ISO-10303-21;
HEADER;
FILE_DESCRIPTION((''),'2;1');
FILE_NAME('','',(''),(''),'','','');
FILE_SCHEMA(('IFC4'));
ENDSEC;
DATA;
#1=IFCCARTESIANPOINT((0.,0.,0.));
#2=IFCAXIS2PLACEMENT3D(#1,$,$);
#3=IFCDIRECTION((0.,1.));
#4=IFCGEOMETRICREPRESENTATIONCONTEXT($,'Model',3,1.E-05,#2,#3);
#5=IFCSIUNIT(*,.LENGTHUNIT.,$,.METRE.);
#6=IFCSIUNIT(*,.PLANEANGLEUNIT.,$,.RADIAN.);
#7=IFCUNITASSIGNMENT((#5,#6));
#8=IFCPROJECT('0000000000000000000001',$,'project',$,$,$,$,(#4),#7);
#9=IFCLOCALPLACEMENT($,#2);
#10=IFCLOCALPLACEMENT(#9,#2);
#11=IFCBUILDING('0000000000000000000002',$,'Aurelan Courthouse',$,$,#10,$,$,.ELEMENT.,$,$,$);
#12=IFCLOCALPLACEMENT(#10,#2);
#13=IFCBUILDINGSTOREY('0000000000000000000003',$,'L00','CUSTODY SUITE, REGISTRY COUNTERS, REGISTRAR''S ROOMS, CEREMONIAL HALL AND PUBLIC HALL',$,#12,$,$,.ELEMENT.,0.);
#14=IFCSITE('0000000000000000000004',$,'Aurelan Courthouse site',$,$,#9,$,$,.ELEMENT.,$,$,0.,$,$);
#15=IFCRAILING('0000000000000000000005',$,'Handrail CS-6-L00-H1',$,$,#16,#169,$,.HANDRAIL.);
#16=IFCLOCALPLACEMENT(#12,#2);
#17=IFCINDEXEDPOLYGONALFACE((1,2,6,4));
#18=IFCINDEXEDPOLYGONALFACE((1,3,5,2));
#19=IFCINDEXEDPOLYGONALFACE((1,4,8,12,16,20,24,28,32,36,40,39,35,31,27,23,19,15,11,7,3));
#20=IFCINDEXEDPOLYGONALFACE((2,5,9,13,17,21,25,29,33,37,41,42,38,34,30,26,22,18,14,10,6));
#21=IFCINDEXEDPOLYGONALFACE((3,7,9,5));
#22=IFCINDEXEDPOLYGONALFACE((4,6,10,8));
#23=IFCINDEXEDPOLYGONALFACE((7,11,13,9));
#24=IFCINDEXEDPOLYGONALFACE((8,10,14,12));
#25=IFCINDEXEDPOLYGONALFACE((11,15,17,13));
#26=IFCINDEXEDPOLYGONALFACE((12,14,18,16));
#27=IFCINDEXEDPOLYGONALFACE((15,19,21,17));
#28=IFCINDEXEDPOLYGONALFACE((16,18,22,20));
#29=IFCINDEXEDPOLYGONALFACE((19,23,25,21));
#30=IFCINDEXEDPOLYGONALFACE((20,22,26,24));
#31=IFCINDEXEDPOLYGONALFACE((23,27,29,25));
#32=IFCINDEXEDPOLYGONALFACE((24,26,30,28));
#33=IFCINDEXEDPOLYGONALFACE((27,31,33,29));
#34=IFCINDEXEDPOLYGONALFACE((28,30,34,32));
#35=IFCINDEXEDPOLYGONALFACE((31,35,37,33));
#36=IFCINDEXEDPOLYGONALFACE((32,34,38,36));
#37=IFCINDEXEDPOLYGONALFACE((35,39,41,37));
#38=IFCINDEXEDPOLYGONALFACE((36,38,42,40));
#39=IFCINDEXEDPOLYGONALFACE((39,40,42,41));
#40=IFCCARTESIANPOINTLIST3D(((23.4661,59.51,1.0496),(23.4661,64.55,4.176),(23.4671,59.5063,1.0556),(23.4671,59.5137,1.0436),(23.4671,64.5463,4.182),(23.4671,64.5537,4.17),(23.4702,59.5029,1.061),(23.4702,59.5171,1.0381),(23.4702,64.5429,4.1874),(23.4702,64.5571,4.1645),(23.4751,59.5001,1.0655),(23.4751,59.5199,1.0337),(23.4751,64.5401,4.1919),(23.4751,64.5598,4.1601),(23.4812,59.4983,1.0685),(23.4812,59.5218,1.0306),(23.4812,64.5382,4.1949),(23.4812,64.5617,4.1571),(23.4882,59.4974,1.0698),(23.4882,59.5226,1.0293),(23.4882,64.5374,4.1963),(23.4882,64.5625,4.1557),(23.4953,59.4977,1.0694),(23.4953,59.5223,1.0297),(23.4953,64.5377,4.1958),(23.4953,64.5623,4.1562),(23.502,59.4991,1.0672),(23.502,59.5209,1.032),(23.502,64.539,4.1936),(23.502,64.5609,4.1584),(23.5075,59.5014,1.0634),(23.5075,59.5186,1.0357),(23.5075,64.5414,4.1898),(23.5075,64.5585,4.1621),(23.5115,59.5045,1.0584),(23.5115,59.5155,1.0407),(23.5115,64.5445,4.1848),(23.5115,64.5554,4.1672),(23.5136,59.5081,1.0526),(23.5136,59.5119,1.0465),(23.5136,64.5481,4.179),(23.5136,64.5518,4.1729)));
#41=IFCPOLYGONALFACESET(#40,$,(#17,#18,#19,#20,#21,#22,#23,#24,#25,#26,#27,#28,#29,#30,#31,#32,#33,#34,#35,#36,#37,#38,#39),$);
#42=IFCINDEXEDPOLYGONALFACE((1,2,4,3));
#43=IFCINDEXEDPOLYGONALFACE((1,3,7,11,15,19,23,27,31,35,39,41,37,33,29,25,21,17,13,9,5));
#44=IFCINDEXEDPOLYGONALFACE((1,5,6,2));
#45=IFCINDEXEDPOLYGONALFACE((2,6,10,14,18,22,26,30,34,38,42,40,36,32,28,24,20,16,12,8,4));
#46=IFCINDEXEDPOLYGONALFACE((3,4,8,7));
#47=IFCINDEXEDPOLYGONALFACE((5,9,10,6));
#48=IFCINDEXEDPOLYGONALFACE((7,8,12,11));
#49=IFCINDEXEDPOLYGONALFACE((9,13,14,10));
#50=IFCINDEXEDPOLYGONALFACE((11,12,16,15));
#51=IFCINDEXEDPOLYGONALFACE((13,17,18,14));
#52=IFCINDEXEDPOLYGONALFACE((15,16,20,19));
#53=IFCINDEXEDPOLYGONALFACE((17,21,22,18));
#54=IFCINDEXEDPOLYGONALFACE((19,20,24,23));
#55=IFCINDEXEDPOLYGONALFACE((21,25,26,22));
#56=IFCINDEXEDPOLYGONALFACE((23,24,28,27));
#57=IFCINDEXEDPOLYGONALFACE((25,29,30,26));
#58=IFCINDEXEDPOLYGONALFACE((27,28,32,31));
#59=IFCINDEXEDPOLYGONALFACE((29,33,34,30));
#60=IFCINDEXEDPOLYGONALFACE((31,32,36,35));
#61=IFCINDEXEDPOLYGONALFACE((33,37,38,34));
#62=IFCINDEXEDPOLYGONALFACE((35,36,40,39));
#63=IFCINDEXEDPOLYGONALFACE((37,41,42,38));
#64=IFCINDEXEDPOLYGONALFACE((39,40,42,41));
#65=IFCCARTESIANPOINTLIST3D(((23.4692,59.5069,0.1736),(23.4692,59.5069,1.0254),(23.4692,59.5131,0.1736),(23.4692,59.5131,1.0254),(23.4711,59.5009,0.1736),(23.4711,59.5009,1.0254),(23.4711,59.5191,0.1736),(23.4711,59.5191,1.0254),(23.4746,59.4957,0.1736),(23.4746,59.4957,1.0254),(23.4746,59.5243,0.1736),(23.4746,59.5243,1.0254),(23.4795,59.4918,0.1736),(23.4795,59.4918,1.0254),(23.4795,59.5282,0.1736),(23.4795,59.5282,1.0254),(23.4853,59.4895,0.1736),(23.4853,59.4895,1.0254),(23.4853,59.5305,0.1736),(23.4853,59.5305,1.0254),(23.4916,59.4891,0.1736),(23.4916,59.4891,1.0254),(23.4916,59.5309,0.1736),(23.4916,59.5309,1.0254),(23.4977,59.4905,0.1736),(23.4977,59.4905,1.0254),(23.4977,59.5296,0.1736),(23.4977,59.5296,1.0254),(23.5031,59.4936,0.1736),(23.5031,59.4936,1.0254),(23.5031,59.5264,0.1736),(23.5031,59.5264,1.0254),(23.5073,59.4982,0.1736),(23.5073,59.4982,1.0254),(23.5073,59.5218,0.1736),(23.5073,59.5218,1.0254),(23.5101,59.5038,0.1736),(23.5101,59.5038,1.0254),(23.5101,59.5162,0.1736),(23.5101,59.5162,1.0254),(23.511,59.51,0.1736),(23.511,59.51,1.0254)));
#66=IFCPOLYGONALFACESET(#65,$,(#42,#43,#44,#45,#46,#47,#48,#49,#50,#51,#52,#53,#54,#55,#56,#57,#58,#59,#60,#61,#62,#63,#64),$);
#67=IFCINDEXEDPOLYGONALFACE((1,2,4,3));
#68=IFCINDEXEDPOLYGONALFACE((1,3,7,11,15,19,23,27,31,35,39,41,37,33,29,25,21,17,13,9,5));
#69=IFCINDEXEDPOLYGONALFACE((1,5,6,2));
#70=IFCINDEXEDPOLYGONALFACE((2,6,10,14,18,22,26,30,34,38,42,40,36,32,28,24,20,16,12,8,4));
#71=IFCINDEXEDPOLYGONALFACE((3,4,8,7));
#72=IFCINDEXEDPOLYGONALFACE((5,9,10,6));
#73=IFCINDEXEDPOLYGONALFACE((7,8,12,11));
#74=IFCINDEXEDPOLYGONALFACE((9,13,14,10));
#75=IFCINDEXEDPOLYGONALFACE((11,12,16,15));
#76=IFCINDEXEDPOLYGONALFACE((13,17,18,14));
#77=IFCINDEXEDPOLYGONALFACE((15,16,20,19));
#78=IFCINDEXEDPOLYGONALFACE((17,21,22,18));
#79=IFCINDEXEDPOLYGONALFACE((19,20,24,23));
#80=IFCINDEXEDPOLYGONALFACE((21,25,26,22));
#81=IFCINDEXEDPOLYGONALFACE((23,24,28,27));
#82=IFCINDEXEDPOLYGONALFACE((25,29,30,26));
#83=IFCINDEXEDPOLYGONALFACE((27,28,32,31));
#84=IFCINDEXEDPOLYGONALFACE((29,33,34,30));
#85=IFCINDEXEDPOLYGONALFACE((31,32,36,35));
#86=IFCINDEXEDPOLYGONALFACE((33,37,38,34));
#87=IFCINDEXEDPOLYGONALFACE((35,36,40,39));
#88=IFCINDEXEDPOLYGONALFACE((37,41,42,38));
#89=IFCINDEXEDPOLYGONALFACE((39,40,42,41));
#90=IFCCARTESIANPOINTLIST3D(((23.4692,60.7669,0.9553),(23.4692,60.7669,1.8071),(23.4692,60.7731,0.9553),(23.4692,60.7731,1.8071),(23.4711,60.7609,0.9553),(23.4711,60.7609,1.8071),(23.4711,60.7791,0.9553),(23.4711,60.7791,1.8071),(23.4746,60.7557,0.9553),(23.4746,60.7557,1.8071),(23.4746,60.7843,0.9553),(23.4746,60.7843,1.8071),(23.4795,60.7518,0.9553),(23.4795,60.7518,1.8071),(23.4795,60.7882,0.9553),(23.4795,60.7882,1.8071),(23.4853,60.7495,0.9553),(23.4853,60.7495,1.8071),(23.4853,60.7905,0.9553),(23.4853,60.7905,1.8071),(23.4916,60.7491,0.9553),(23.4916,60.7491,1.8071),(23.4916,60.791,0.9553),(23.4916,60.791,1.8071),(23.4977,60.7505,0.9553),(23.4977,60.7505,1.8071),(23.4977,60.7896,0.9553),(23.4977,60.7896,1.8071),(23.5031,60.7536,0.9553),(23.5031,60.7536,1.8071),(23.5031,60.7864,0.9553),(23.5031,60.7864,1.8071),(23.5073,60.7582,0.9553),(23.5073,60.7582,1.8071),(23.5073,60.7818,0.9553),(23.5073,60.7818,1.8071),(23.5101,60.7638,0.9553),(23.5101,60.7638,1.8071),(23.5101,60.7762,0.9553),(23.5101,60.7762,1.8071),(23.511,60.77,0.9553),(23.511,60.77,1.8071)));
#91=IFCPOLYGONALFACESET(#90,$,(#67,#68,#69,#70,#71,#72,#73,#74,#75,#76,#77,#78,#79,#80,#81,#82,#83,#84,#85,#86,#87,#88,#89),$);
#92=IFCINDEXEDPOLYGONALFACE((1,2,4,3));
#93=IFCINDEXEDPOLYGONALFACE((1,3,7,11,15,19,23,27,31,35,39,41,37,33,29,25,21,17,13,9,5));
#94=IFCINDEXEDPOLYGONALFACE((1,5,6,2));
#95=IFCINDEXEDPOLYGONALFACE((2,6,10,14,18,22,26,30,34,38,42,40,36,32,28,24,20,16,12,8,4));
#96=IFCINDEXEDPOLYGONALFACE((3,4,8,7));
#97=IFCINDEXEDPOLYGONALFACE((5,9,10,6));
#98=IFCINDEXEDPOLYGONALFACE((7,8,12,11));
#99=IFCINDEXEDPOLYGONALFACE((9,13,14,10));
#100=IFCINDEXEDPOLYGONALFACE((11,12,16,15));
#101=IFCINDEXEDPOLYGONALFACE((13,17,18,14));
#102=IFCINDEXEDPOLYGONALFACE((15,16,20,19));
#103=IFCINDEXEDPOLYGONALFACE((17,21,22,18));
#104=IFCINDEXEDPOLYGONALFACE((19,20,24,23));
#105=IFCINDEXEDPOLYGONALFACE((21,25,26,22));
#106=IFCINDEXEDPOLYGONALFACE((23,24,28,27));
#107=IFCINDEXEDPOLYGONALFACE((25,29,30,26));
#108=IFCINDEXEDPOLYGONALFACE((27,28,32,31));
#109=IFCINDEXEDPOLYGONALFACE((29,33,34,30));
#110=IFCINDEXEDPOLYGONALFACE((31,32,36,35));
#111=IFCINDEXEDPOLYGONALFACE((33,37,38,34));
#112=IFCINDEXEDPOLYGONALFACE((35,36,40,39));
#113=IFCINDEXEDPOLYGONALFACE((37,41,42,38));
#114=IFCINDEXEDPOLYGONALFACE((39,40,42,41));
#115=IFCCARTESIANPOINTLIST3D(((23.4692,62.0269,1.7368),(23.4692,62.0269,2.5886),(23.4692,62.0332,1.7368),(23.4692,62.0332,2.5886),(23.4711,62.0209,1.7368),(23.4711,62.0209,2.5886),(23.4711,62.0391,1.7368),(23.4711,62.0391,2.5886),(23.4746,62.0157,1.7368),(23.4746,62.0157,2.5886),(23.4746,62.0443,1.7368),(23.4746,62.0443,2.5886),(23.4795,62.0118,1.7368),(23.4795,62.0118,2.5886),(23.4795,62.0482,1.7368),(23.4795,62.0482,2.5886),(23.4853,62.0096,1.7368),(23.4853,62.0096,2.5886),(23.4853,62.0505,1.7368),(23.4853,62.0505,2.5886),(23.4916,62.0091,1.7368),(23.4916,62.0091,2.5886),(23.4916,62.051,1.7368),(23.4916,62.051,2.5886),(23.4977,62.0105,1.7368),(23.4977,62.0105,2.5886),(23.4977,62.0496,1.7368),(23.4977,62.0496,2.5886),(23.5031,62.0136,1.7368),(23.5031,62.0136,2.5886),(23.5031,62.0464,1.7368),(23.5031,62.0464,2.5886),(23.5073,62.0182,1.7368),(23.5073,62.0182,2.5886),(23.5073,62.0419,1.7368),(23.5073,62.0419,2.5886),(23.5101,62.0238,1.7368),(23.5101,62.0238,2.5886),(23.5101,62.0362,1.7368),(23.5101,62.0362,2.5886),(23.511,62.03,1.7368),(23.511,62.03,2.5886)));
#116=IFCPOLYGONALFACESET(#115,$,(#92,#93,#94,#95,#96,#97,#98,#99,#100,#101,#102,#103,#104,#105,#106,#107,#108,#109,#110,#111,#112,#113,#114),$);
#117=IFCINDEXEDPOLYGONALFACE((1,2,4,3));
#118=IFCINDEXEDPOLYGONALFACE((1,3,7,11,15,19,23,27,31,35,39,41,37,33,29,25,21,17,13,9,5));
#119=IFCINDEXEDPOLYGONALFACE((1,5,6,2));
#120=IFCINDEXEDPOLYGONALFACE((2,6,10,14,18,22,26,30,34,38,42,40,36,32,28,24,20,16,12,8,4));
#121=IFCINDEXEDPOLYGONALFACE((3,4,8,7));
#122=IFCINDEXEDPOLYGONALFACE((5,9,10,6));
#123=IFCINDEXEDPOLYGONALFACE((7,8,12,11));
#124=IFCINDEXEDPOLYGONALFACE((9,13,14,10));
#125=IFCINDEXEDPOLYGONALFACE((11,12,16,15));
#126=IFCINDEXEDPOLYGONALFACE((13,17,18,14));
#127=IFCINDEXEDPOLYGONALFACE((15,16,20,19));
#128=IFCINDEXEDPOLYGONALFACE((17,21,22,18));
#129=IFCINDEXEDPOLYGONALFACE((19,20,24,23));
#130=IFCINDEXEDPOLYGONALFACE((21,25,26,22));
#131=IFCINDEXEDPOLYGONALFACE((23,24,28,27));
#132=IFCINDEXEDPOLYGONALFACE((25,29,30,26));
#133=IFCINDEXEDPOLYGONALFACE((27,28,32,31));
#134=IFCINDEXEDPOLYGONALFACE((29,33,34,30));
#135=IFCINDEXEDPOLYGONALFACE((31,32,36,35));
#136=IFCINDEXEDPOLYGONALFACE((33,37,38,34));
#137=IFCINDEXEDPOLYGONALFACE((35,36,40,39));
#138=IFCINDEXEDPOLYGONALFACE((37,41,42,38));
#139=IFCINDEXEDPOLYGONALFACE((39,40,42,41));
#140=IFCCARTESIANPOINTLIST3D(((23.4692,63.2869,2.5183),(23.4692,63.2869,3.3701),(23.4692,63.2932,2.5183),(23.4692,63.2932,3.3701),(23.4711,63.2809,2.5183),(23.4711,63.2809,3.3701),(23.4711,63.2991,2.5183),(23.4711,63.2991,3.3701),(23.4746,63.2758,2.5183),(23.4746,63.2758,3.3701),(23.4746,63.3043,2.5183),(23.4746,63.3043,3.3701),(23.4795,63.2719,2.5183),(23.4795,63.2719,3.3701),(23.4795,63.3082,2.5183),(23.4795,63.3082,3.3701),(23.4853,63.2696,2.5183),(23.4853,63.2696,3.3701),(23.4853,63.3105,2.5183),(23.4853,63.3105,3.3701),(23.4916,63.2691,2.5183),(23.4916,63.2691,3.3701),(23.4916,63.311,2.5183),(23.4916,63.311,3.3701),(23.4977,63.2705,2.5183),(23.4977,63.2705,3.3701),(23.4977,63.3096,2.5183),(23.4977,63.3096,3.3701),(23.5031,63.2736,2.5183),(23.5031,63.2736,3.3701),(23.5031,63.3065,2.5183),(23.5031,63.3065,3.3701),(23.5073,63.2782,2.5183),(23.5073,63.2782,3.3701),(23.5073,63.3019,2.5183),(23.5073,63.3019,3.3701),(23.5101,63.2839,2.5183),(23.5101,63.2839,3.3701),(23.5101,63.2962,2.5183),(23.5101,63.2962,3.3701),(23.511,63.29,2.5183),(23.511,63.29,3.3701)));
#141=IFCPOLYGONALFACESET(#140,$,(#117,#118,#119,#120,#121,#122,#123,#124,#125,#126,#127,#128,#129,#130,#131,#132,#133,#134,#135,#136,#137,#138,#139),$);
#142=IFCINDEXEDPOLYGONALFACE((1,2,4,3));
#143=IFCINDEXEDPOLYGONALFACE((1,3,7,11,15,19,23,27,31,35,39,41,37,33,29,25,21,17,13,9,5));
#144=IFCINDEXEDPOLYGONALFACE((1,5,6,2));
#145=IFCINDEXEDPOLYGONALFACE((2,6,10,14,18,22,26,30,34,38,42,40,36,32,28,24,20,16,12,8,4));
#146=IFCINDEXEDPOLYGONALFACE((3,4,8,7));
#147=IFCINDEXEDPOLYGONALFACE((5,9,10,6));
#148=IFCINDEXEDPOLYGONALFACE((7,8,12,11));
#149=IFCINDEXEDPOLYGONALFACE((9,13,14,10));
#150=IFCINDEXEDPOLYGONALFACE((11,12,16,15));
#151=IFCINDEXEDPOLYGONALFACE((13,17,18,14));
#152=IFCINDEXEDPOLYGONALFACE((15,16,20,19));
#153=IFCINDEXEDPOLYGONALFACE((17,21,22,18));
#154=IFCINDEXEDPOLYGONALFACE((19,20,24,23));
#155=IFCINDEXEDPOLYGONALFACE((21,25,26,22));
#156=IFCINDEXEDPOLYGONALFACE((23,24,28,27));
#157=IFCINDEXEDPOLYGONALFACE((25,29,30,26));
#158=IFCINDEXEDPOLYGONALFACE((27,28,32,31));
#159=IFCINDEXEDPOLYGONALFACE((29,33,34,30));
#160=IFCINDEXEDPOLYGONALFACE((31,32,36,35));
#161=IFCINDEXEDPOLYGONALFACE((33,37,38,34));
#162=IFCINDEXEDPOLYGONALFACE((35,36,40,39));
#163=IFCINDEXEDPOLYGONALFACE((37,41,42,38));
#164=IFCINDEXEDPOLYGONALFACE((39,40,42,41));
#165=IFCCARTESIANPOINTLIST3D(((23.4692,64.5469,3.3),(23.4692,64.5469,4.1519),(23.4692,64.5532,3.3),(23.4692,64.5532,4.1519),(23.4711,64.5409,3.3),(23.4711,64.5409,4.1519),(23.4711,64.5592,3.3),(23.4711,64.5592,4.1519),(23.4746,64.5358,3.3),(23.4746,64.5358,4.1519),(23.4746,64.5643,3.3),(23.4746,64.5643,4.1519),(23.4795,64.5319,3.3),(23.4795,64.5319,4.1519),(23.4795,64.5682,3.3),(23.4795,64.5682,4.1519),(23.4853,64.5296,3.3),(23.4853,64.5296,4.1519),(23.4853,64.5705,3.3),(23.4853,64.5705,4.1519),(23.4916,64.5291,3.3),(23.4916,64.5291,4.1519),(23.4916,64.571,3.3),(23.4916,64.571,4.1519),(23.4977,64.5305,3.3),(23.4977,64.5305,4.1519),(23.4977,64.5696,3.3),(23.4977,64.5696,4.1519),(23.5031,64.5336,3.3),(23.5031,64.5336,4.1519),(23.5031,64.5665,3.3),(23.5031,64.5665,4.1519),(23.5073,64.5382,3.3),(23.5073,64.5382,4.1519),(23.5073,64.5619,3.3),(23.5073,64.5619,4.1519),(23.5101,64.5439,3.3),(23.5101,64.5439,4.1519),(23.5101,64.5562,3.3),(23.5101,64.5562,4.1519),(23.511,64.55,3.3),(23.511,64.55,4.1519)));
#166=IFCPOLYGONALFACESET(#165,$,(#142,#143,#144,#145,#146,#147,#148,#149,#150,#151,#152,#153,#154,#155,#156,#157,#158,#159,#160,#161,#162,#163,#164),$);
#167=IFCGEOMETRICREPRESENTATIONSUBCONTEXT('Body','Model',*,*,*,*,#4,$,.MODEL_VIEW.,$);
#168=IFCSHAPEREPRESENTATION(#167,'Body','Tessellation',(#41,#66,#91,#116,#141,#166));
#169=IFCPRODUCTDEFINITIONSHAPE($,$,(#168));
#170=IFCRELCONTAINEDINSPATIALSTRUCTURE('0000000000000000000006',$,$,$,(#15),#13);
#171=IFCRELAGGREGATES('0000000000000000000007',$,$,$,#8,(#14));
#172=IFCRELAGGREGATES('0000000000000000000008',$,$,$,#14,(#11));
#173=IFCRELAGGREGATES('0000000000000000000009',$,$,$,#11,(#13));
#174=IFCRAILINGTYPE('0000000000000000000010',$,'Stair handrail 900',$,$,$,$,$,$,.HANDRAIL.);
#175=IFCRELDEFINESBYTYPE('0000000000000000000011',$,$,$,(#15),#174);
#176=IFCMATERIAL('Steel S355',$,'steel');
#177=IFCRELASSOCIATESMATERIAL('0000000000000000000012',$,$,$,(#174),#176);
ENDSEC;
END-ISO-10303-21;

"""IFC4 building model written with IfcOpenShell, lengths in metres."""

from ifc_helpers import new_model, si_unit, direction, frame, origin, origin_2d, place, context, subcontext, project, spatial, circle, extrude, material, type_object, element, save


model = new_model("IFC4")

# Units and contexts
model_context = context("Model", 3, precision=1e-05, world=origin(), true_north=direction((0.0, 1.0)))
body_context = subcontext(model_context, "Body", "Model", "MODEL_VIEW")
ifc_project = project(units=[si_unit("LENGTHUNIT", "METRE"), si_unit("PLANEANGLEUNIT", "RADIAN")], contexts=[model_context])

# Site, building, storey
site_placement = place(None, origin())
site = spatial("IfcSite", under=ifc_project, at=site_placement, Name="Aurelan Courthouse site", CompositionType="ELEMENT", RefElevation=0.0)
building_placement = place(site_placement, origin())
building = spatial("IfcBuilding", under=site, at=building_placement, Name="Aurelan Courthouse", CompositionType="ELEMENT")
storey_placement = place(building_placement, origin())
storey = spatial("IfcBuildingStorey", under=building, at=storey_placement, Name="L00", Description="CUSTODY SUITE, REGISTRY COUNTERS, REGISTRAR'S ROOMS, CEREMONIAL HALL AND PUBLIC HALL", CompositionType="ELEMENT", Elevation=0.0)

# Railing
ifc_material_1 = material(Name="Steel S355", Category="steel")
railing_type_1 = type_object("IfcRailingType", Name="Stair handrail 900", PredefinedType="HANDRAIL", material=ifc_material_1)
for number, where, name in (
    (1, (23.49, 59.51, 0.1736), "Handrail CS-6-L00-H1"),
):
    element("IfcRailing", number, at=place(storey_placement, frame(where)), inside=storey, type_object=railing_type_1, Name=name, PredefinedType="HANDRAIL", context=body_context, shape_type="SweptSolid", body=[
        extrude(circle(Radius=0.0239, at=origin_2d()), frame((0.0, 0.0, 0.876), z_axis=(0.0, 0.849779, 0.527139), x_axis=(-1.0, 0.0, 0.0)), (0.0, 0.0, 1.0), 5.9309),
        extrude(circle(Radius=0.021, at=origin_2d()), origin(), (0.0, 0.0, 1.0), 0.8518),
        extrude(circle(Radius=0.021, at=origin_2d()), frame((0.0, 1.26, 0.7817)), (0.0, 0.0, 1.0), 0.8518),
        extrude(circle(Radius=0.021, at=origin_2d()), frame((0.0, 2.52, 1.5632)), (0.0, 0.0, 1.0), 0.8518),
        extrude(circle(Radius=0.021, at=origin_2d()), frame((0.0, 3.78, 2.3447)), (0.0, 0.0, 1.0), 0.8518),
        extrude(circle(Radius=0.021, at=origin_2d()), frame((0.0, 5.04, 3.1265)), (0.0, 0.0, 1.0), 0.8518),
    ])

save(model, "model.ifc")
